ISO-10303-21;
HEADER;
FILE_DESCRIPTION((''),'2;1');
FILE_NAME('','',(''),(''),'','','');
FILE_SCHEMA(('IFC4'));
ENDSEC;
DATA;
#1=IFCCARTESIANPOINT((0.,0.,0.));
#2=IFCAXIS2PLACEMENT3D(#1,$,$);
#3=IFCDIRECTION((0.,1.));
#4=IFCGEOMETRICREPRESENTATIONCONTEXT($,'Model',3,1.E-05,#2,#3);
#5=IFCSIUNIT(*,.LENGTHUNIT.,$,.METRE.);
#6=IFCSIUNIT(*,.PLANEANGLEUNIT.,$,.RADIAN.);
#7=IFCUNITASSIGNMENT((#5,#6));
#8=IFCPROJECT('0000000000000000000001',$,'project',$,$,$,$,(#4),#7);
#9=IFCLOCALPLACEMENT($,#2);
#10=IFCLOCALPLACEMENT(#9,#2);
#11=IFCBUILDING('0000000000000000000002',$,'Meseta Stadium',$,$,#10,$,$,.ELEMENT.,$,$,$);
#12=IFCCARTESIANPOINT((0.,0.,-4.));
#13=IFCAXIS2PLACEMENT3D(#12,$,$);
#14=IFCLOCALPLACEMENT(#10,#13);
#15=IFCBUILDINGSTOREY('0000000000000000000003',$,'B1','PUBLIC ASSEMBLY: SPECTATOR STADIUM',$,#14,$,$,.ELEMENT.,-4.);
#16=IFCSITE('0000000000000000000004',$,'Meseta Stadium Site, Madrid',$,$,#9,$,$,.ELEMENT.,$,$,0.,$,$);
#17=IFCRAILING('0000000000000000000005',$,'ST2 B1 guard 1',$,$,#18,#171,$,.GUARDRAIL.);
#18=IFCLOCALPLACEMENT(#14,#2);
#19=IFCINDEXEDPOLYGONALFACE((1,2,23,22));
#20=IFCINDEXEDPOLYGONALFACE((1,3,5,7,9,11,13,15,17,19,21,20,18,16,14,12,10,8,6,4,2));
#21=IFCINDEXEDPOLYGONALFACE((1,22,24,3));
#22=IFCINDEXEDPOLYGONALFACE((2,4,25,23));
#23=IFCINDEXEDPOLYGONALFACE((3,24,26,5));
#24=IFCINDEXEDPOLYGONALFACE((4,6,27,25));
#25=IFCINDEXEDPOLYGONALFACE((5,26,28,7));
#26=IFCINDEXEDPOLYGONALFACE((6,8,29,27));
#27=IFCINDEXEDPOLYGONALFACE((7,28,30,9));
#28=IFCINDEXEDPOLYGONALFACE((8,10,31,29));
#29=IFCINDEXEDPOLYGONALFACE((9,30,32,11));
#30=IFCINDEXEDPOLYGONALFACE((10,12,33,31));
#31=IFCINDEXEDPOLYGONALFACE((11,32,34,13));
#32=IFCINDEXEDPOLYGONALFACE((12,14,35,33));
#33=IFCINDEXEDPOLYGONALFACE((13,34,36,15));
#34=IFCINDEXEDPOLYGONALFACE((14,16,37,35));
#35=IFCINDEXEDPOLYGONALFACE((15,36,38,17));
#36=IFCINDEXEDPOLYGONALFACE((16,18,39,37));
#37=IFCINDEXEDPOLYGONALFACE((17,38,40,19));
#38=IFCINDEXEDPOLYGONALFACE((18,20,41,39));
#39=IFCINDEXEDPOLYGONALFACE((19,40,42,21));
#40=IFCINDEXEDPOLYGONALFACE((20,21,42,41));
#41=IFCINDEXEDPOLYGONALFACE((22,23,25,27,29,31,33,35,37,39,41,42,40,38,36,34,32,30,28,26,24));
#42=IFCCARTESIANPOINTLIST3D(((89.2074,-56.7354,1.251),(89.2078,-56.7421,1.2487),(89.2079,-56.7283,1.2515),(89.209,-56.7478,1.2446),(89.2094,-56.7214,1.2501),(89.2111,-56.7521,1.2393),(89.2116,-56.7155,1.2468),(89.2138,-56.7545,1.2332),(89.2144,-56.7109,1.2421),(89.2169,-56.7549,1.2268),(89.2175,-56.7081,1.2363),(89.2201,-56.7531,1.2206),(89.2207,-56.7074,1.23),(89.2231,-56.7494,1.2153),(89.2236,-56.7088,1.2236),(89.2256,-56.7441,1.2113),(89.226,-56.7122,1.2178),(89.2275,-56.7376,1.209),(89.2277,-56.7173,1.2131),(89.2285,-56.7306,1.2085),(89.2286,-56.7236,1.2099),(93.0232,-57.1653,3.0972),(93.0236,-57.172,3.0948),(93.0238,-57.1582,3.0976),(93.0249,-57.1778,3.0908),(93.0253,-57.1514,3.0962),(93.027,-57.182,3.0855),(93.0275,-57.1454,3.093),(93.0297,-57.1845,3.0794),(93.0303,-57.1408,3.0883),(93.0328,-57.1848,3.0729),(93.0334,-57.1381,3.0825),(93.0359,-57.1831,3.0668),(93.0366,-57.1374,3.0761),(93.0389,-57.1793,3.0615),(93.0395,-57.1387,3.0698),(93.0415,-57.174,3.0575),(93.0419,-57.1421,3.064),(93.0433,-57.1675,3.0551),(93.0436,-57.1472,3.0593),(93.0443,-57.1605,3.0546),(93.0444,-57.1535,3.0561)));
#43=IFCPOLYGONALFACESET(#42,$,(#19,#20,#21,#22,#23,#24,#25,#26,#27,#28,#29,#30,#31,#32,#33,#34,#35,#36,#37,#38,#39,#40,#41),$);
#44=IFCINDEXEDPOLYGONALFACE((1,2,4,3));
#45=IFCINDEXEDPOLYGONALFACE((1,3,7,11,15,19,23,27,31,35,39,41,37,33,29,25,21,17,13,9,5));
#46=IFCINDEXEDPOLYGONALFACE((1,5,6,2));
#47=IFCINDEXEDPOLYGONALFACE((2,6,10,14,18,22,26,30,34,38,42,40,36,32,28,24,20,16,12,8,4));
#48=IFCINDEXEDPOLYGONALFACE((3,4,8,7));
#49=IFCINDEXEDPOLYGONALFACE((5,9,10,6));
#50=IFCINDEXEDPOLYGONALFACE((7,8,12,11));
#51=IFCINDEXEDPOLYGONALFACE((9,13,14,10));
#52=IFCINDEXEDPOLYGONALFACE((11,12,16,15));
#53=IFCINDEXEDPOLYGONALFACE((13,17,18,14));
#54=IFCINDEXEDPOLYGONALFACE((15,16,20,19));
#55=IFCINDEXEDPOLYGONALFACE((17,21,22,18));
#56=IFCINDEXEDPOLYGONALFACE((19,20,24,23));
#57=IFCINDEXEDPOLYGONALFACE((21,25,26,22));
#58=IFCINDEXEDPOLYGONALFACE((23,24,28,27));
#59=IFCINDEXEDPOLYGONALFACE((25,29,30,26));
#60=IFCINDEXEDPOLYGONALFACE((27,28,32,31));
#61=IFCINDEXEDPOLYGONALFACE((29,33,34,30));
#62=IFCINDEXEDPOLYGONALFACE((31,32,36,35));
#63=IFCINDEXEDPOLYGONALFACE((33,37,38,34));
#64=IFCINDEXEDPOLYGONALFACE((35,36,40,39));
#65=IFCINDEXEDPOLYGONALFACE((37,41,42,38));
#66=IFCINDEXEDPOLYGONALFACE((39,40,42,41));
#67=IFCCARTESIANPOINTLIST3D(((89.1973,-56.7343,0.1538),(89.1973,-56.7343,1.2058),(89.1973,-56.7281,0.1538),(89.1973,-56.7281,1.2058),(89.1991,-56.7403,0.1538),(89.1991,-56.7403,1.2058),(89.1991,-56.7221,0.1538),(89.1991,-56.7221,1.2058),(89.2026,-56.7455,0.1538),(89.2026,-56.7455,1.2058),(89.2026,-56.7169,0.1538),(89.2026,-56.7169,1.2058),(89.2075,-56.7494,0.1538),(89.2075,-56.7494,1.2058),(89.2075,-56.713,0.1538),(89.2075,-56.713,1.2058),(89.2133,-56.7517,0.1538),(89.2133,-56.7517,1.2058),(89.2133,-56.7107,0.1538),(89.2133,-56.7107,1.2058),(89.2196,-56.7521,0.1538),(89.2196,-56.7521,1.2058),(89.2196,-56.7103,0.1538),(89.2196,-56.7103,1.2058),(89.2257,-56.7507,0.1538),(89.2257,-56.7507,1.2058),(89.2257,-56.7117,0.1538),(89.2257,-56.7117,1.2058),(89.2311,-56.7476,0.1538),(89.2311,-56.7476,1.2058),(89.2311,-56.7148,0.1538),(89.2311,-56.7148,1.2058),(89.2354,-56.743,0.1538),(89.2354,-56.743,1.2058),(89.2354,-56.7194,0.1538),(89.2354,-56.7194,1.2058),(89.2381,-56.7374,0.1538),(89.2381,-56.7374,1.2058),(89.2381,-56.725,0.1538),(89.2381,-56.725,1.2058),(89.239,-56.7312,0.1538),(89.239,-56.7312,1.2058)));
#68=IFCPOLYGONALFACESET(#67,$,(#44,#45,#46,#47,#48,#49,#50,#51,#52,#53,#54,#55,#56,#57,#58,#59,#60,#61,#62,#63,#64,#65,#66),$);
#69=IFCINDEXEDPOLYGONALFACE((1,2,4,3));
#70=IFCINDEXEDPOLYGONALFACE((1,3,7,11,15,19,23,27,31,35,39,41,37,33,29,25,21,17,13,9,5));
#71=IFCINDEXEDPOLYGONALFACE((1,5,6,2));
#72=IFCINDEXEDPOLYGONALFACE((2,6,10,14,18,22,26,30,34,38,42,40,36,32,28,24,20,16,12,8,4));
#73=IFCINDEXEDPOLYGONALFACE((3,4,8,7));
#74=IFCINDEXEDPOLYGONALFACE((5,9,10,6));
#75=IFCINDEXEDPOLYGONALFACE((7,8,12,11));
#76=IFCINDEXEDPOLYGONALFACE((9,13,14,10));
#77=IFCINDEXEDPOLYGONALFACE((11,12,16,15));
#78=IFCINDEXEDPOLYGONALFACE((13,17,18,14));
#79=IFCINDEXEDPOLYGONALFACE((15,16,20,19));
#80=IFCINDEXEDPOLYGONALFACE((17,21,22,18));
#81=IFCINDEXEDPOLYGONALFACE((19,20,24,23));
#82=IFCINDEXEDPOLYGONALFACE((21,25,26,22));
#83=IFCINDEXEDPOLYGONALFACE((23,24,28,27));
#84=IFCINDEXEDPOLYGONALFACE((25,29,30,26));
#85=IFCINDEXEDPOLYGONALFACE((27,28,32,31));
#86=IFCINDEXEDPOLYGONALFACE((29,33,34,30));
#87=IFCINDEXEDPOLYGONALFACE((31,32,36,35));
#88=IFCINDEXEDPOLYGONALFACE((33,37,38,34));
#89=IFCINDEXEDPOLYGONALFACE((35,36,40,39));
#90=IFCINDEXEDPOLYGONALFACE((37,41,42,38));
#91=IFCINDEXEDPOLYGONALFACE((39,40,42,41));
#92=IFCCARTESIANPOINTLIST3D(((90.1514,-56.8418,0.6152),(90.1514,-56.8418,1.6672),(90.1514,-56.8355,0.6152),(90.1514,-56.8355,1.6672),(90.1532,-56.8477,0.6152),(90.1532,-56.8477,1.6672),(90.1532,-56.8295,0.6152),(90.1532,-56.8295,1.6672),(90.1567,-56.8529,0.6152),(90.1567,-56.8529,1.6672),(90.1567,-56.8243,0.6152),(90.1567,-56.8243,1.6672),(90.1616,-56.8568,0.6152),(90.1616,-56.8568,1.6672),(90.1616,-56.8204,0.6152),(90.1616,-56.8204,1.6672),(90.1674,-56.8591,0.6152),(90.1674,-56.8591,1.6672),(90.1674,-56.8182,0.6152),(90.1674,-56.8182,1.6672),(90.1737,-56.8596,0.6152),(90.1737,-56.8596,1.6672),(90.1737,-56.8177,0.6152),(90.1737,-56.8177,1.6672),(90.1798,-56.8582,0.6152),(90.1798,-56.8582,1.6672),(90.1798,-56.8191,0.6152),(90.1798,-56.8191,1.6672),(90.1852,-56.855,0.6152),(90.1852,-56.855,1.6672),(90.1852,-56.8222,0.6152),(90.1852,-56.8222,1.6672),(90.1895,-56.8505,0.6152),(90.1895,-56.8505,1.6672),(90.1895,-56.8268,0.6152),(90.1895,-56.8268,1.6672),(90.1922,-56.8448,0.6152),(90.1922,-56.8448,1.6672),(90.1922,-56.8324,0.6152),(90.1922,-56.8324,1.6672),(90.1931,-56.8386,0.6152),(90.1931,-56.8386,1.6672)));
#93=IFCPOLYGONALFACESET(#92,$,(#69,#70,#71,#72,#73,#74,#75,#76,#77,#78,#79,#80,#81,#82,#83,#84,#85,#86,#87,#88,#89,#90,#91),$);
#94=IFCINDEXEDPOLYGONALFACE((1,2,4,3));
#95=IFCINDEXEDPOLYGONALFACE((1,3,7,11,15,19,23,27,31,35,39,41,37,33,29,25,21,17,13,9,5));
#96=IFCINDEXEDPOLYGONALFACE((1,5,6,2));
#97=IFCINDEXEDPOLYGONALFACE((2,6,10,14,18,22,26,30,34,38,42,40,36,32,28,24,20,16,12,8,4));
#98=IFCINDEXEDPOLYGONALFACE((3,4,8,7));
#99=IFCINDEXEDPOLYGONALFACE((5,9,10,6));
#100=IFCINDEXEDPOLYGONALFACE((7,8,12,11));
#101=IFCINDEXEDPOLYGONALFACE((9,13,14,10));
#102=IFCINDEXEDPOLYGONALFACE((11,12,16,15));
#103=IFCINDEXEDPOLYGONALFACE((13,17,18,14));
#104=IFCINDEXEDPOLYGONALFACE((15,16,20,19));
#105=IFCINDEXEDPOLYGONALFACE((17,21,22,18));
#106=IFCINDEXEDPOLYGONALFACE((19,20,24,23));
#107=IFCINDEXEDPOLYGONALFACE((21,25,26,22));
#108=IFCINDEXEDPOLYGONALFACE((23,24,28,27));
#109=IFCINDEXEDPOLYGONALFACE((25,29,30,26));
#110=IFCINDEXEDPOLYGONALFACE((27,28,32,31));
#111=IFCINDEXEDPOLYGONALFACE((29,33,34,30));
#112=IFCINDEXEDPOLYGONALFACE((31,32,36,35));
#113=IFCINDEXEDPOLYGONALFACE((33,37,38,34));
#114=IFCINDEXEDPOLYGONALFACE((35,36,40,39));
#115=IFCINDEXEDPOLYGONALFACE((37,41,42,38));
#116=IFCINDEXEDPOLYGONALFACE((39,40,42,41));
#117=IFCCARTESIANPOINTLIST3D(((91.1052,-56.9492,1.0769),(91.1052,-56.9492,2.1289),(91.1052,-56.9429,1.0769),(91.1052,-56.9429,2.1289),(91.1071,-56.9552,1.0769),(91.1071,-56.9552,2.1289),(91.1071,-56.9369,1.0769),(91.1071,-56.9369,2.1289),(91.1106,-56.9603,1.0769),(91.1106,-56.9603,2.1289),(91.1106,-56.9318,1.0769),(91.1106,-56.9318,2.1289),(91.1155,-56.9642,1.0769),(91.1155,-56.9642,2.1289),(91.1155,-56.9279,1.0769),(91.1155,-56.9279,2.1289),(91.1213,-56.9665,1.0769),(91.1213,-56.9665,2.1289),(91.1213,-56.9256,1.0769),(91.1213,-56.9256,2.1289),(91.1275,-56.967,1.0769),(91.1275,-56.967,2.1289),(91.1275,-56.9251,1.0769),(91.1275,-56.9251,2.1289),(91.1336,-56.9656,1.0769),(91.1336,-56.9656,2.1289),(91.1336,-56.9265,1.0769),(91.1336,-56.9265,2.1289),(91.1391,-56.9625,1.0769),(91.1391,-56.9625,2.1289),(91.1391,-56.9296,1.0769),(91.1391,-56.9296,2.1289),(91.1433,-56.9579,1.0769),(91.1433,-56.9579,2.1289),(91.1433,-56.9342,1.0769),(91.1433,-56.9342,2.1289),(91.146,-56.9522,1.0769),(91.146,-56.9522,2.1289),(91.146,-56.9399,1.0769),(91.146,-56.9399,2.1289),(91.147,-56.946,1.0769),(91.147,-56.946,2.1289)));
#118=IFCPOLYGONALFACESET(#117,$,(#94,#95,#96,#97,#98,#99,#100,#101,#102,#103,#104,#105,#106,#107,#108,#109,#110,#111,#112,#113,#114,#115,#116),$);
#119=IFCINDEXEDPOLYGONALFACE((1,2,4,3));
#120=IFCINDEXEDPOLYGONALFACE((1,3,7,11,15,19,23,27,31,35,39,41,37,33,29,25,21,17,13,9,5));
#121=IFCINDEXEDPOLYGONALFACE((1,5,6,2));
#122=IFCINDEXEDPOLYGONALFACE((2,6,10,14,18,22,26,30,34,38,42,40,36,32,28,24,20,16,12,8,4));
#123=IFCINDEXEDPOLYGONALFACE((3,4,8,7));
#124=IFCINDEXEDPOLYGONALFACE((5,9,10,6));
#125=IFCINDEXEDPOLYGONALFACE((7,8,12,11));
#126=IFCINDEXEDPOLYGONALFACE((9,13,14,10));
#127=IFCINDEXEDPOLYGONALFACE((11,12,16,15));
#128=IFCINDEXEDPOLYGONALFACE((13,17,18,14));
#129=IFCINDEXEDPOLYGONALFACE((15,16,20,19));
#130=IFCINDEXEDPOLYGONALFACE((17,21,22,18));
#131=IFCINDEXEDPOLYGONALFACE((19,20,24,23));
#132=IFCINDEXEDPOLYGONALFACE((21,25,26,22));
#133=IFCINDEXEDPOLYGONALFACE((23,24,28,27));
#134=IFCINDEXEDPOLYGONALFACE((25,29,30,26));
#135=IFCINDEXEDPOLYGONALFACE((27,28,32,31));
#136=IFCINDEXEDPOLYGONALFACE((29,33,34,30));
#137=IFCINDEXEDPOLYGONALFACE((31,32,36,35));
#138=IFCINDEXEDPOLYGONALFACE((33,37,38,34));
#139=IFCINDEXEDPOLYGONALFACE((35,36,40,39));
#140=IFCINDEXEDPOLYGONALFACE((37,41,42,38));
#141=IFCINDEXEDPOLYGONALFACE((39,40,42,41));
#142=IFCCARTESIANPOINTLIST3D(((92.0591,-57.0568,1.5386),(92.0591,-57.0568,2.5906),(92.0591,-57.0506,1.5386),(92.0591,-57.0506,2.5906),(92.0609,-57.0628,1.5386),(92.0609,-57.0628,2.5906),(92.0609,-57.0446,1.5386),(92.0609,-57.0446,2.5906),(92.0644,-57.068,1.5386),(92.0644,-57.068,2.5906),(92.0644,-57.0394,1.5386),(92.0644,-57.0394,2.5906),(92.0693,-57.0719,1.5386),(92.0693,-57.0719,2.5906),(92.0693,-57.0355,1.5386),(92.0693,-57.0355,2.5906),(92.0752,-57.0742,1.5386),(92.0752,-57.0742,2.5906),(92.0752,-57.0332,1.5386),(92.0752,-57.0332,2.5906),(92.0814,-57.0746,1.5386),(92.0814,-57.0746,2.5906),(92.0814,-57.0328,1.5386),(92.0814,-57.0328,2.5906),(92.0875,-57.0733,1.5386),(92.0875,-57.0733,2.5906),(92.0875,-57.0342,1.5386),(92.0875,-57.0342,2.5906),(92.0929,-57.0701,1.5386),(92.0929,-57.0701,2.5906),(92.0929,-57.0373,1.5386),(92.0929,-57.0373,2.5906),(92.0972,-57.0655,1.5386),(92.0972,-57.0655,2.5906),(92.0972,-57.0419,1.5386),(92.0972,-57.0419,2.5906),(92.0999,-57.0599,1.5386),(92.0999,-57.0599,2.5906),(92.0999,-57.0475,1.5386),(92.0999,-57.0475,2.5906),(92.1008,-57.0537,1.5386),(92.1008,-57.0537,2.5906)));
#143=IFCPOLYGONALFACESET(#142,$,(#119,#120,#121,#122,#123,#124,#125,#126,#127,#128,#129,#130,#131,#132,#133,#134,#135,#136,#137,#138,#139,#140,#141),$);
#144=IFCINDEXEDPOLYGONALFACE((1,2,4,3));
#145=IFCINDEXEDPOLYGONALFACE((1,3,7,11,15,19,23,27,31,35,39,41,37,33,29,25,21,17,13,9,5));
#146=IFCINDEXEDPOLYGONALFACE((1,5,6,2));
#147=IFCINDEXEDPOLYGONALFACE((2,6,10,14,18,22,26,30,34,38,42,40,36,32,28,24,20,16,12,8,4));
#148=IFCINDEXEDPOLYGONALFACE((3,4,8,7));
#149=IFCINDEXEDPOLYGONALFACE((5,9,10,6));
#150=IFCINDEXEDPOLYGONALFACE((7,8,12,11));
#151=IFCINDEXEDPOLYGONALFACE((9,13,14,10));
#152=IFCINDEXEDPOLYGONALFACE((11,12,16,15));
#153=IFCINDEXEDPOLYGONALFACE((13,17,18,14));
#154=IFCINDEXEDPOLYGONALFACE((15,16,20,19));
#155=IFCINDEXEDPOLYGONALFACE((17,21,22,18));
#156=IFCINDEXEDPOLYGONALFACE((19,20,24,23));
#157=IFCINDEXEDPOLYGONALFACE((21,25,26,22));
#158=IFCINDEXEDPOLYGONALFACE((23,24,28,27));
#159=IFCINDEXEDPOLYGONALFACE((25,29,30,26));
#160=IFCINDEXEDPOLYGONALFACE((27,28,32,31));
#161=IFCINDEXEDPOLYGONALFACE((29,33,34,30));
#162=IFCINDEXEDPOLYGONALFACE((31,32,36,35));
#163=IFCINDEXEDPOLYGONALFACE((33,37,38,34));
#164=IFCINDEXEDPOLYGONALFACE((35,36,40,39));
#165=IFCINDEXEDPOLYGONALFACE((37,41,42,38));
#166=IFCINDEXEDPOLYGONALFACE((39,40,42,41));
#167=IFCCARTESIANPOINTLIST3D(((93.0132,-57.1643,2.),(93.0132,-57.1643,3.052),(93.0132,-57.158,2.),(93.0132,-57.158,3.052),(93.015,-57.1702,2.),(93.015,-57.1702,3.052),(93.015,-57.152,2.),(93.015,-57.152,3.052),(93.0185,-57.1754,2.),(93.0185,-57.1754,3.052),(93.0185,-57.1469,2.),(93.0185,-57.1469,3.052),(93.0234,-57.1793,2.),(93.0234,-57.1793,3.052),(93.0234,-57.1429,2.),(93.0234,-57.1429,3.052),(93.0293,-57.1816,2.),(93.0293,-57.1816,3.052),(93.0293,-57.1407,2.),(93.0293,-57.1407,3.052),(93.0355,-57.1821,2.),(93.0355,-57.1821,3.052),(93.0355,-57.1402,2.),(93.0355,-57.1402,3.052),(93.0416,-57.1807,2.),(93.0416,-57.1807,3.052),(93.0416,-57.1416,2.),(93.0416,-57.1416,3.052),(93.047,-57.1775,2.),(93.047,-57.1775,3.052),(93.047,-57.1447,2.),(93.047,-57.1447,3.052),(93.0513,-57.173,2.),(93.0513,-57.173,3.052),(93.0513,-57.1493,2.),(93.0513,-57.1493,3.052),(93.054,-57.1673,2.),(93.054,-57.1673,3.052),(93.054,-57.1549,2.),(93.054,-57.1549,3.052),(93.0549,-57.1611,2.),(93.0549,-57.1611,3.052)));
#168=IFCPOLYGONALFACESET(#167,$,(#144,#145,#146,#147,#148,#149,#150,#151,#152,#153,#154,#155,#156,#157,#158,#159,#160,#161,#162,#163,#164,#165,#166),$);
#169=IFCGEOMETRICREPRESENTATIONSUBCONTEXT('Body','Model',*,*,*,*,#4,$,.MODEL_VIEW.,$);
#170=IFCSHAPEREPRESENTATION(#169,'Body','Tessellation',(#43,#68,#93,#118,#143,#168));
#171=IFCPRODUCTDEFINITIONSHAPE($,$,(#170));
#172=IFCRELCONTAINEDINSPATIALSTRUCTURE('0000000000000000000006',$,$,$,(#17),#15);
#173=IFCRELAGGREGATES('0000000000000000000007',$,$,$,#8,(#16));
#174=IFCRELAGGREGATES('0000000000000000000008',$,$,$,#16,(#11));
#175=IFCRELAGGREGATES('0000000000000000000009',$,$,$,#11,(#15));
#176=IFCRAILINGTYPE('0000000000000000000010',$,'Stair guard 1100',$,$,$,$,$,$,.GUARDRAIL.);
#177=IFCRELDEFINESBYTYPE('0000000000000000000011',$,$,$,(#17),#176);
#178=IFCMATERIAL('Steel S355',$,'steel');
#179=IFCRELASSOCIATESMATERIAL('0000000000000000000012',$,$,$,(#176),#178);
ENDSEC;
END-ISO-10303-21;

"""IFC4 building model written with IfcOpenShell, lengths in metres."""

from ifc_helpers import new_model, si_unit, direction, frame, origin, origin_2d, place, context, subcontext, project, spatial, circle, extrude, material, type_object, element, save


model = new_model("IFC4")

# Units and contexts
model_context = context("Model", 3, precision=1e-05, world=origin(), true_north=direction((0.0, 1.0)))
body_context = subcontext(model_context, "Body", "Model", "MODEL_VIEW")
ifc_project = project(units=[si_unit("LENGTHUNIT", "METRE"), si_unit("PLANEANGLEUNIT", "RADIAN")], contexts=[model_context])

# Site, building, storey
site_placement = place(None, origin())
site = spatial("IfcSite", under=ifc_project, at=site_placement, Name="Meseta Stadium Site, Madrid", CompositionType="ELEMENT", RefElevation=0.0)
building_placement = place(site_placement, origin())
building = spatial("IfcBuilding", under=site, at=building_placement, Name="Meseta Stadium", CompositionType="ELEMENT")
storey_placement = place(building_placement, frame((0.0, 0.0, -4.0)))
storey = spatial("IfcBuildingStorey", under=building, at=storey_placement, Name="B1", Description="PUBLIC ASSEMBLY: SPECTATOR STADIUM", CompositionType="ELEMENT", Elevation=-4.0)

# Railing
ifc_material_1 = material(Name="Steel S355", Category="steel")
railing_type_1 = type_object("IfcRailingType", Name="Stair guard 1100", PredefinedType="GUARDRAIL", material=ifc_material_1)
railing_1_placement = place(storey_placement, frame((89.218, -56.7312, 0.1538)))
element("IfcRailing", 1, at=railing_1_placement, inside=storey, type_object=railing_type_1, Name="ST2 B1 guard 1", PredefinedType="GUARDRAIL", context=body_context, shape_type="SweptSolid", body=[
    extrude(circle(Radius=0.0239, at=origin_2d()), frame((0.0, 0.0, 1.0762), z_axis=(0.895585, -0.100904, 0.433296), x_axis=(0.11196, 0.993713, 0.0)), (0.0, 0.0, 1.0), 4.2607),
    extrude(circle(Radius=0.021, at=origin_2d()), origin(), (0.0, 0.0, 1.0), 1.052),
    extrude(circle(Radius=0.021, at=origin_2d()), frame((0.9541, -0.1074, 0.4614)), (0.0, 0.0, 1.0), 1.052),
    extrude(circle(Radius=0.021, at=origin_2d()), frame((1.908, -0.2148, 0.9231)), (0.0, 0.0, 1.0), 1.052),
    extrude(circle(Radius=0.021, at=origin_2d()), frame((2.8618, -0.3225, 1.3848)), (0.0, 0.0, 1.0), 1.052),
    extrude(circle(Radius=0.021, at=origin_2d()), frame((3.8159, -0.4299, 1.8462)), (0.0, 0.0, 1.0), 1.052),
])

save(model, "model.ifc")
